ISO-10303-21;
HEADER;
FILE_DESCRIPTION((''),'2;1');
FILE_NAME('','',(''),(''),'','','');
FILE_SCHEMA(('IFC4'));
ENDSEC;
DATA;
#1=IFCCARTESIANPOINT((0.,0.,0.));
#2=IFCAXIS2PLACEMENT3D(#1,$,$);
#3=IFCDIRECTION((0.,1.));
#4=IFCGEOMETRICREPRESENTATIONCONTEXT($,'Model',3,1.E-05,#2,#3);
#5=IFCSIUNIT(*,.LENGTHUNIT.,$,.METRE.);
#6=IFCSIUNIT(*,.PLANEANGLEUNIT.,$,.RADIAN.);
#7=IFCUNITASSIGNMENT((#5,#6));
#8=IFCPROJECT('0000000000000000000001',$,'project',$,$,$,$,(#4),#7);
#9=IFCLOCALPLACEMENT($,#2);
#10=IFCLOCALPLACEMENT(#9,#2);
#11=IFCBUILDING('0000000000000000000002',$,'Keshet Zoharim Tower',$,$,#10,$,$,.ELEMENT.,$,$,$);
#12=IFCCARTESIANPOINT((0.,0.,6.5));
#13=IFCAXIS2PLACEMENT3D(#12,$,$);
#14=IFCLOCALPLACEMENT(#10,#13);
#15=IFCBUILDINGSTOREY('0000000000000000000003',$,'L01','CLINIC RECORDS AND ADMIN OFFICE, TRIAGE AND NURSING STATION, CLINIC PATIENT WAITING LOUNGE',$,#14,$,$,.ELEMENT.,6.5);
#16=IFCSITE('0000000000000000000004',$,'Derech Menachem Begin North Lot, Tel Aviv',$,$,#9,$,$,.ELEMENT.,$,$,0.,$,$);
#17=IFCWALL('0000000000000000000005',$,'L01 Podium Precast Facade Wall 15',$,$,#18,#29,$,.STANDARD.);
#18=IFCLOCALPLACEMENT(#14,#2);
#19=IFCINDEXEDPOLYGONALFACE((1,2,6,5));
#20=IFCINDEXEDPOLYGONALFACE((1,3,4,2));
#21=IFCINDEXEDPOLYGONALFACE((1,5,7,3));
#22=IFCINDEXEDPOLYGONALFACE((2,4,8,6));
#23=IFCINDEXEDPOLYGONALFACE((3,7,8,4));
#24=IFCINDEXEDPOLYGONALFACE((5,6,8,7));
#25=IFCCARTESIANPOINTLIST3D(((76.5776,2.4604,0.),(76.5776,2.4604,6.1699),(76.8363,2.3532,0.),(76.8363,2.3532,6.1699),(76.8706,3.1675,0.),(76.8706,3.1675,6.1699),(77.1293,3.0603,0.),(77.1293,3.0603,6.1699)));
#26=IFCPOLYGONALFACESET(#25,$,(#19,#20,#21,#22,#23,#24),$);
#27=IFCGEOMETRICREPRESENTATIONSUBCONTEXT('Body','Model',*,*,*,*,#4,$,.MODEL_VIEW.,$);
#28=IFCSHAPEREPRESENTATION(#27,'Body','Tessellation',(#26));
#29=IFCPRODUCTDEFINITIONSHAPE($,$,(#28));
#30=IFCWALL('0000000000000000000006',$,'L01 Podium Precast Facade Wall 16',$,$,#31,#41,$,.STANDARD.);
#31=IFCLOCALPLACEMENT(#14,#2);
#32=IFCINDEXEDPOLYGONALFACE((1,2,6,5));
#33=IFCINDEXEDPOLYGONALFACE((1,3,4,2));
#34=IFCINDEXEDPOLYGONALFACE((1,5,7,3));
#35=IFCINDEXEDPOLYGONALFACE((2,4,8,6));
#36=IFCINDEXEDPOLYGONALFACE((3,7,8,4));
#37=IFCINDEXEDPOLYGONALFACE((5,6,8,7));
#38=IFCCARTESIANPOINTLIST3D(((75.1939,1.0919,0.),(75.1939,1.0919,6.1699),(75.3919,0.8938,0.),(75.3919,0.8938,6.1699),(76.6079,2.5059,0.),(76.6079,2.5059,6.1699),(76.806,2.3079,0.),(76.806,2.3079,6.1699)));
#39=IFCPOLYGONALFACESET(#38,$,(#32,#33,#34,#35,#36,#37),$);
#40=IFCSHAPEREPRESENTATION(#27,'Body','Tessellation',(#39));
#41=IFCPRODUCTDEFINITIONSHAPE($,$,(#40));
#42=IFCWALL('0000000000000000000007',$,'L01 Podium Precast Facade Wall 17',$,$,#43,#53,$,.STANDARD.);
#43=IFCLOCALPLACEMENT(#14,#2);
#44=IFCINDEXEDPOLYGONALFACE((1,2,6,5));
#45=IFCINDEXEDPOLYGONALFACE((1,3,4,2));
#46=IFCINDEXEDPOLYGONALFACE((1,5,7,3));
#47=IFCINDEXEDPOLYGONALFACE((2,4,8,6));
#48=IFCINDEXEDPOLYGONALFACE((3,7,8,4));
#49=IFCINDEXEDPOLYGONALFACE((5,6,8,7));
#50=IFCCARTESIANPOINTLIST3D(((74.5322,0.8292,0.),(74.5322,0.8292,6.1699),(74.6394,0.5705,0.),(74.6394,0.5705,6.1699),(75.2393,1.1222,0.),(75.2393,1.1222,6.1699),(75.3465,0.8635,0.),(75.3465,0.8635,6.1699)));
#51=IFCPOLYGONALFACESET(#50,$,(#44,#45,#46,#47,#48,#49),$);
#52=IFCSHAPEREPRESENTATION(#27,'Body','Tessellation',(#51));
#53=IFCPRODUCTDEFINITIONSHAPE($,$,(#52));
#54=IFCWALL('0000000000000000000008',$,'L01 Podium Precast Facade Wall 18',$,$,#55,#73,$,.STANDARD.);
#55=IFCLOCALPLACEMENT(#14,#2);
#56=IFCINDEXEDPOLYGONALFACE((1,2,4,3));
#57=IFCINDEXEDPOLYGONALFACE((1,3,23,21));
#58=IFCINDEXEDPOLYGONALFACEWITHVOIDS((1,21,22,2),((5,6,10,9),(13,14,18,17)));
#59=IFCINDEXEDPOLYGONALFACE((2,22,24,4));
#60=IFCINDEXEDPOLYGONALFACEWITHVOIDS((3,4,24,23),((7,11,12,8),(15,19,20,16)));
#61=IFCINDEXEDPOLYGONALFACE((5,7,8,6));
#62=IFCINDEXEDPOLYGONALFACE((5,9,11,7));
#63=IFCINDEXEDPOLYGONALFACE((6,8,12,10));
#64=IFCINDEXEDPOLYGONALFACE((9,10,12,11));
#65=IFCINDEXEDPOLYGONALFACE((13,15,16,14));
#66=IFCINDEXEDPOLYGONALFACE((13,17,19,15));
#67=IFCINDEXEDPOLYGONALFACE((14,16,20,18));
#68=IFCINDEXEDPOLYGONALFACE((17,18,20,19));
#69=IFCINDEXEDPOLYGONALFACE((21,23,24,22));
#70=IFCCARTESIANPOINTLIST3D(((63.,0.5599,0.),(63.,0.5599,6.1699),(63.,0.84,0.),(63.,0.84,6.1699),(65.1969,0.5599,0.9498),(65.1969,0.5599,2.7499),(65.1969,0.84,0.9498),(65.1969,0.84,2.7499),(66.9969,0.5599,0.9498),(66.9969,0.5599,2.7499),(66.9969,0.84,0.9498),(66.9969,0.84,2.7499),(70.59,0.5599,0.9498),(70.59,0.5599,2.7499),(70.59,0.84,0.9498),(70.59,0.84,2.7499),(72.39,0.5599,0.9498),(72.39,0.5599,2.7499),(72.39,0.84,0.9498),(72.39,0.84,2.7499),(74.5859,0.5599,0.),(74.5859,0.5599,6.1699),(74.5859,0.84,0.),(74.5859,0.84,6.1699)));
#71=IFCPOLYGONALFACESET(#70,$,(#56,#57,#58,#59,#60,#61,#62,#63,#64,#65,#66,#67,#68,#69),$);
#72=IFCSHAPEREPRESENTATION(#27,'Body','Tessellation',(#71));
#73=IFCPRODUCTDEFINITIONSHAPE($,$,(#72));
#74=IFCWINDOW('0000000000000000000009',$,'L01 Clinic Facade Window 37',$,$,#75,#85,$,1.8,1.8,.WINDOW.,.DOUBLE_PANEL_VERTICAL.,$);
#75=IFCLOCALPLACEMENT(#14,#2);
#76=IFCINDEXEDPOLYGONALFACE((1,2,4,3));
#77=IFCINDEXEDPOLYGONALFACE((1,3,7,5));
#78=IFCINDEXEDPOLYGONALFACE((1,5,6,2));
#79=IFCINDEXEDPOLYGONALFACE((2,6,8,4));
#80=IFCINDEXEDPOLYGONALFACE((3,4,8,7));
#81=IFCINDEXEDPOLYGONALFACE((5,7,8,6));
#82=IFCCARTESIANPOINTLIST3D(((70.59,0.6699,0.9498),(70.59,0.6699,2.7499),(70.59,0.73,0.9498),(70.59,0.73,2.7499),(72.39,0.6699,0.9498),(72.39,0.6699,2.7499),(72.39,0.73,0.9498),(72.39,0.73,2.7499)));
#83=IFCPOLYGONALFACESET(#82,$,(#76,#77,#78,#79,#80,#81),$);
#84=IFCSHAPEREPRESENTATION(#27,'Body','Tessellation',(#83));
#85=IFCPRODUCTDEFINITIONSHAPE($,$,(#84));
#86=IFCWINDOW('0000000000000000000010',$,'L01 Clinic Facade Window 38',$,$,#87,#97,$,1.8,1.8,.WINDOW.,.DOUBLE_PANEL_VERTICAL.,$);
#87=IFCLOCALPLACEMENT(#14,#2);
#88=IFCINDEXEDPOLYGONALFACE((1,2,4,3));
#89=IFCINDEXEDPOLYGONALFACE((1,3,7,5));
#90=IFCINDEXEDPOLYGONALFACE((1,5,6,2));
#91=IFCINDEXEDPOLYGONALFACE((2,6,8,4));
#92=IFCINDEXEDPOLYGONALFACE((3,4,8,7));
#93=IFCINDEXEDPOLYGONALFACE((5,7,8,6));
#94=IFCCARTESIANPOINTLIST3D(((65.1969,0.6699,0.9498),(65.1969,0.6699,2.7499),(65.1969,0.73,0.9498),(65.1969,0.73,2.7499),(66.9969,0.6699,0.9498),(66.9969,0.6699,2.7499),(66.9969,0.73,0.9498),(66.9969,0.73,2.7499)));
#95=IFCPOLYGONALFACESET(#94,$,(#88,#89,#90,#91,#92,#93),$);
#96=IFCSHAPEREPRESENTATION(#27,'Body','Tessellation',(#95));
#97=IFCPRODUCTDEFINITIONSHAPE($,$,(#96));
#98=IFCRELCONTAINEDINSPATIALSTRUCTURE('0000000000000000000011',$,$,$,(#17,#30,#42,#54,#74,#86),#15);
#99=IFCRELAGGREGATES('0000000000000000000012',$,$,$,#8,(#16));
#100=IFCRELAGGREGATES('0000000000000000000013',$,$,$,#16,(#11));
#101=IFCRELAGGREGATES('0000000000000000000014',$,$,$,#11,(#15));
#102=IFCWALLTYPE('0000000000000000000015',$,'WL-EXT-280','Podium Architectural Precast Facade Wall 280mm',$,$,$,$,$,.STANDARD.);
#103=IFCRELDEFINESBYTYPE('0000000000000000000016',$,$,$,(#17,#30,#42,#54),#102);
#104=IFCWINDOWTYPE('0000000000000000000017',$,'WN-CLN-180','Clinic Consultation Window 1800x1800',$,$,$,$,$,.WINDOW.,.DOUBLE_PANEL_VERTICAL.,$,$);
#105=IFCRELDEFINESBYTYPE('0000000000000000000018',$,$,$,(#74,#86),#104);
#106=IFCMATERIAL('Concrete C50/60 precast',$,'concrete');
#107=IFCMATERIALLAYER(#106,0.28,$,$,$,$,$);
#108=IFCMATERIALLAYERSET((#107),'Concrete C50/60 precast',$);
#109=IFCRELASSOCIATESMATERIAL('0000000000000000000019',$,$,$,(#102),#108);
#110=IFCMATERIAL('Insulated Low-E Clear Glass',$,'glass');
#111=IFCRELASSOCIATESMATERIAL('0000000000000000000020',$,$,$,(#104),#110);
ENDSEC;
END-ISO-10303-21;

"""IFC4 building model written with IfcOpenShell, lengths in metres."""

from ifc_helpers import new_model, si_unit, direction, frame, frame_2d, origin, place, context, subcontext, project, spatial, rectangle, extrude, material, layer, layer_set, type_object, element, fill, save


model = new_model("IFC4")

# Units and contexts
model_context = context("Model", 3, precision=1e-05, world=origin(), true_north=direction((0.0, 1.0)))
body_context = subcontext(model_context, "Body", "Model", "MODEL_VIEW")
ifc_project = project(units=[si_unit("LENGTHUNIT", "METRE"), si_unit("PLANEANGLEUNIT", "RADIAN")], contexts=[model_context])

# Site, building, storey
site_placement = place(None, origin())
site = spatial("IfcSite", under=ifc_project, at=site_placement, Name="Derech Menachem Begin North Lot, Tel Aviv", CompositionType="ELEMENT", RefElevation=0.0)
building_placement = place(site_placement, origin())
building = spatial("IfcBuilding", under=site, at=building_placement, Name="Keshet Zoharim Tower", CompositionType="ELEMENT")
storey_placement = place(building_placement, frame((0.0, 0.0, 6.5)))
storey = spatial("IfcBuildingStorey", under=building, at=storey_placement, Name="L01", Description="CLINIC RECORDS AND ADMIN OFFICE, TRIAGE AND NURSING STATION, CLINIC PATIENT WAITING LOUNGE", CompositionType="ELEMENT", Elevation=6.5)

# Walls
ifc_material_1 = material(Name="Concrete C50/60 precast", Category="concrete")
ifc_layer_1 = layer(ifc_material_1, 0.28)
ifc_layer_set_1 = layer_set([ifc_layer_1], Name="Concrete C50/60 precast")
wall_type_1 = type_object("IfcWallType", Name="WL-EXT-280", Description="Podium Architectural Precast Facade Wall 280mm", PredefinedType="STANDARD", material=ifc_layer_set_1)
wall_1_placement = place(storey_placement, frame((77.0, 3.114, 0.0), z_axis=(0.0, 0.0, 1.0), x_axis=(-0.382803, -0.92383, 0.0)))
element("IfcWall", 1, at=wall_1_placement, inside=storey, type_object=wall_type_1, Name="L01 Podium Precast Facade Wall 15", PredefinedType="STANDARD", context=body_context, shape_type="SweptSolid", body=[
    extrude(rectangle(XDim=0.7654, YDim=0.28, at=frame_2d((0.3828, 0.0))), origin(), (0.0, 0.0, 1.0), 6.1699),
])
wall_2_placement = place(storey_placement, frame((76.707, 2.407, 0.0), z_axis=(0.0, 0.0, 1.0), x_axis=(-0.707107, -0.707107, 0.0)))
element("IfcWall", 2, at=wall_2_placement, inside=storey, type_object=wall_type_1, Name="L01 Podium Precast Facade Wall 16", PredefinedType="STANDARD", context=body_context, shape_type="SweptSolid", body=[
    extrude(rectangle(XDim=1.9998, YDim=0.28, at=frame_2d((1.0, 0.0))), origin(), (0.0, 0.0, 1.0), 6.1699),
])
wall_3_placement = place(storey_placement, frame((75.293, 0.9929, 0.0), z_axis=(0.0, 0.0, 1.0), x_axis=(-0.92383, -0.382803, 0.0)))
element("IfcWall", 3, at=wall_3_placement, inside=storey, type_object=wall_type_1, Name="L01 Podium Precast Facade Wall 17", PredefinedType="STANDARD", context=body_context, shape_type="SweptSolid", body=[
    extrude(rectangle(XDim=0.7654, YDim=0.28, at=frame_2d((0.3828, 0.0))), origin(), (0.0, 0.0, 1.0), 6.1699),
])

# Wall, openings, windows
wall_4_placement = place(storey_placement, frame((74.5859, 0.7, 0.0), z_axis=(0.0, 0.0, 1.0), x_axis=(-1.0, 0.0, 0.0)))
wall_4 = element("IfcWall", 4, at=wall_4_placement, inside=storey, type_object=wall_type_1, Name="L01 Podium Precast Facade Wall 18", PredefinedType="STANDARD", context=body_context, shape_type="SweptSolid", body=[
    extrude(rectangle(XDim=11.5859, YDim=0.28, at=frame_2d((5.793, 0.0))), origin(), (0.0, 0.0, 1.0), 6.1699),
])
opening_1_placement = place(wall_4_placement, frame((2.196, 0.0, 0.95)))
opening_1 = element("IfcOpeningElement", 5, at=opening_1_placement, cuts=wall_4, PredefinedType="OPENING", context=body_context, shape_type="SweptSolid", body=[
    extrude(rectangle(XDim=1.8, YDim=1.8, at=frame_2d((0.8999, 0.8999))), frame((0.0, 0.1499, 0.0), z_axis=(0.0, -1.0, 0.0), x_axis=(1.0, 0.0, 0.0)), (0.0, 0.0, 1.0), 0.3),
])
opening_2_placement = place(wall_4_placement, frame((7.5891, 0.0, 0.95)))
opening_2 = element("IfcOpeningElement", 6, at=opening_2_placement, cuts=wall_4, PredefinedType="OPENING", context=body_context, shape_type="SweptSolid", body=[
    extrude(rectangle(XDim=1.8, YDim=1.8, at=frame_2d((0.8999, 0.8999))), frame((0.0, 0.1499, 0.0), z_axis=(0.0, -1.0, 0.0), x_axis=(1.0, 0.0, 0.0)), (0.0, 0.0, 1.0), 0.3),
])
ifc_material_2 = material(Name="Insulated Low-E Clear Glass", Category="glass")
window_type = type_object("IfcWindowType", Name="WN-CLN-180", Description="Clinic Consultation Window 1800x1800", PartitioningType="DOUBLE_PANEL_VERTICAL", PredefinedType="WINDOW", material=ifc_material_2)
window_1_placement = place(opening_1_placement, origin())
window_1 = element("IfcWindow", 7, at=window_1_placement, inside=storey, type_object=window_type, Name="L01 Clinic Facade Window 37", OverallHeight=1.8, OverallWidth=1.8, PartitioningType="DOUBLE_PANEL_VERTICAL", PredefinedType="WINDOW", context=body_context, shape_type="SweptSolid", body=[
    extrude(rectangle(XDim=1.8, YDim=1.8, at=frame_2d((0.8999, 0.8999))), frame((0.0, 0.03, 0.0), z_axis=(0.0, -1.0, 0.0), x_axis=(1.0, 0.0, 0.0)), (0.0, 0.0, 1.0), 0.0601),
])
fill(opening_1, window_1)
window_2_placement = place(opening_2_placement, origin())
window_2 = element("IfcWindow", 8, at=window_2_placement, inside=storey, type_object=window_type, Name="L01 Clinic Facade Window 38", OverallHeight=1.8, OverallWidth=1.8, PartitioningType="DOUBLE_PANEL_VERTICAL", PredefinedType="WINDOW", context=body_context, shape_type="SweptSolid", body=[
    extrude(rectangle(XDim=1.8, YDim=1.8, at=frame_2d((0.8999, 0.8999))), frame((0.0, 0.03, 0.0), z_axis=(0.0, -1.0, 0.0), x_axis=(1.0, 0.0, 0.0)), (0.0, 0.0, 1.0), 0.0601),
])
fill(opening_2, window_2)

save(model, "model.ifc")
